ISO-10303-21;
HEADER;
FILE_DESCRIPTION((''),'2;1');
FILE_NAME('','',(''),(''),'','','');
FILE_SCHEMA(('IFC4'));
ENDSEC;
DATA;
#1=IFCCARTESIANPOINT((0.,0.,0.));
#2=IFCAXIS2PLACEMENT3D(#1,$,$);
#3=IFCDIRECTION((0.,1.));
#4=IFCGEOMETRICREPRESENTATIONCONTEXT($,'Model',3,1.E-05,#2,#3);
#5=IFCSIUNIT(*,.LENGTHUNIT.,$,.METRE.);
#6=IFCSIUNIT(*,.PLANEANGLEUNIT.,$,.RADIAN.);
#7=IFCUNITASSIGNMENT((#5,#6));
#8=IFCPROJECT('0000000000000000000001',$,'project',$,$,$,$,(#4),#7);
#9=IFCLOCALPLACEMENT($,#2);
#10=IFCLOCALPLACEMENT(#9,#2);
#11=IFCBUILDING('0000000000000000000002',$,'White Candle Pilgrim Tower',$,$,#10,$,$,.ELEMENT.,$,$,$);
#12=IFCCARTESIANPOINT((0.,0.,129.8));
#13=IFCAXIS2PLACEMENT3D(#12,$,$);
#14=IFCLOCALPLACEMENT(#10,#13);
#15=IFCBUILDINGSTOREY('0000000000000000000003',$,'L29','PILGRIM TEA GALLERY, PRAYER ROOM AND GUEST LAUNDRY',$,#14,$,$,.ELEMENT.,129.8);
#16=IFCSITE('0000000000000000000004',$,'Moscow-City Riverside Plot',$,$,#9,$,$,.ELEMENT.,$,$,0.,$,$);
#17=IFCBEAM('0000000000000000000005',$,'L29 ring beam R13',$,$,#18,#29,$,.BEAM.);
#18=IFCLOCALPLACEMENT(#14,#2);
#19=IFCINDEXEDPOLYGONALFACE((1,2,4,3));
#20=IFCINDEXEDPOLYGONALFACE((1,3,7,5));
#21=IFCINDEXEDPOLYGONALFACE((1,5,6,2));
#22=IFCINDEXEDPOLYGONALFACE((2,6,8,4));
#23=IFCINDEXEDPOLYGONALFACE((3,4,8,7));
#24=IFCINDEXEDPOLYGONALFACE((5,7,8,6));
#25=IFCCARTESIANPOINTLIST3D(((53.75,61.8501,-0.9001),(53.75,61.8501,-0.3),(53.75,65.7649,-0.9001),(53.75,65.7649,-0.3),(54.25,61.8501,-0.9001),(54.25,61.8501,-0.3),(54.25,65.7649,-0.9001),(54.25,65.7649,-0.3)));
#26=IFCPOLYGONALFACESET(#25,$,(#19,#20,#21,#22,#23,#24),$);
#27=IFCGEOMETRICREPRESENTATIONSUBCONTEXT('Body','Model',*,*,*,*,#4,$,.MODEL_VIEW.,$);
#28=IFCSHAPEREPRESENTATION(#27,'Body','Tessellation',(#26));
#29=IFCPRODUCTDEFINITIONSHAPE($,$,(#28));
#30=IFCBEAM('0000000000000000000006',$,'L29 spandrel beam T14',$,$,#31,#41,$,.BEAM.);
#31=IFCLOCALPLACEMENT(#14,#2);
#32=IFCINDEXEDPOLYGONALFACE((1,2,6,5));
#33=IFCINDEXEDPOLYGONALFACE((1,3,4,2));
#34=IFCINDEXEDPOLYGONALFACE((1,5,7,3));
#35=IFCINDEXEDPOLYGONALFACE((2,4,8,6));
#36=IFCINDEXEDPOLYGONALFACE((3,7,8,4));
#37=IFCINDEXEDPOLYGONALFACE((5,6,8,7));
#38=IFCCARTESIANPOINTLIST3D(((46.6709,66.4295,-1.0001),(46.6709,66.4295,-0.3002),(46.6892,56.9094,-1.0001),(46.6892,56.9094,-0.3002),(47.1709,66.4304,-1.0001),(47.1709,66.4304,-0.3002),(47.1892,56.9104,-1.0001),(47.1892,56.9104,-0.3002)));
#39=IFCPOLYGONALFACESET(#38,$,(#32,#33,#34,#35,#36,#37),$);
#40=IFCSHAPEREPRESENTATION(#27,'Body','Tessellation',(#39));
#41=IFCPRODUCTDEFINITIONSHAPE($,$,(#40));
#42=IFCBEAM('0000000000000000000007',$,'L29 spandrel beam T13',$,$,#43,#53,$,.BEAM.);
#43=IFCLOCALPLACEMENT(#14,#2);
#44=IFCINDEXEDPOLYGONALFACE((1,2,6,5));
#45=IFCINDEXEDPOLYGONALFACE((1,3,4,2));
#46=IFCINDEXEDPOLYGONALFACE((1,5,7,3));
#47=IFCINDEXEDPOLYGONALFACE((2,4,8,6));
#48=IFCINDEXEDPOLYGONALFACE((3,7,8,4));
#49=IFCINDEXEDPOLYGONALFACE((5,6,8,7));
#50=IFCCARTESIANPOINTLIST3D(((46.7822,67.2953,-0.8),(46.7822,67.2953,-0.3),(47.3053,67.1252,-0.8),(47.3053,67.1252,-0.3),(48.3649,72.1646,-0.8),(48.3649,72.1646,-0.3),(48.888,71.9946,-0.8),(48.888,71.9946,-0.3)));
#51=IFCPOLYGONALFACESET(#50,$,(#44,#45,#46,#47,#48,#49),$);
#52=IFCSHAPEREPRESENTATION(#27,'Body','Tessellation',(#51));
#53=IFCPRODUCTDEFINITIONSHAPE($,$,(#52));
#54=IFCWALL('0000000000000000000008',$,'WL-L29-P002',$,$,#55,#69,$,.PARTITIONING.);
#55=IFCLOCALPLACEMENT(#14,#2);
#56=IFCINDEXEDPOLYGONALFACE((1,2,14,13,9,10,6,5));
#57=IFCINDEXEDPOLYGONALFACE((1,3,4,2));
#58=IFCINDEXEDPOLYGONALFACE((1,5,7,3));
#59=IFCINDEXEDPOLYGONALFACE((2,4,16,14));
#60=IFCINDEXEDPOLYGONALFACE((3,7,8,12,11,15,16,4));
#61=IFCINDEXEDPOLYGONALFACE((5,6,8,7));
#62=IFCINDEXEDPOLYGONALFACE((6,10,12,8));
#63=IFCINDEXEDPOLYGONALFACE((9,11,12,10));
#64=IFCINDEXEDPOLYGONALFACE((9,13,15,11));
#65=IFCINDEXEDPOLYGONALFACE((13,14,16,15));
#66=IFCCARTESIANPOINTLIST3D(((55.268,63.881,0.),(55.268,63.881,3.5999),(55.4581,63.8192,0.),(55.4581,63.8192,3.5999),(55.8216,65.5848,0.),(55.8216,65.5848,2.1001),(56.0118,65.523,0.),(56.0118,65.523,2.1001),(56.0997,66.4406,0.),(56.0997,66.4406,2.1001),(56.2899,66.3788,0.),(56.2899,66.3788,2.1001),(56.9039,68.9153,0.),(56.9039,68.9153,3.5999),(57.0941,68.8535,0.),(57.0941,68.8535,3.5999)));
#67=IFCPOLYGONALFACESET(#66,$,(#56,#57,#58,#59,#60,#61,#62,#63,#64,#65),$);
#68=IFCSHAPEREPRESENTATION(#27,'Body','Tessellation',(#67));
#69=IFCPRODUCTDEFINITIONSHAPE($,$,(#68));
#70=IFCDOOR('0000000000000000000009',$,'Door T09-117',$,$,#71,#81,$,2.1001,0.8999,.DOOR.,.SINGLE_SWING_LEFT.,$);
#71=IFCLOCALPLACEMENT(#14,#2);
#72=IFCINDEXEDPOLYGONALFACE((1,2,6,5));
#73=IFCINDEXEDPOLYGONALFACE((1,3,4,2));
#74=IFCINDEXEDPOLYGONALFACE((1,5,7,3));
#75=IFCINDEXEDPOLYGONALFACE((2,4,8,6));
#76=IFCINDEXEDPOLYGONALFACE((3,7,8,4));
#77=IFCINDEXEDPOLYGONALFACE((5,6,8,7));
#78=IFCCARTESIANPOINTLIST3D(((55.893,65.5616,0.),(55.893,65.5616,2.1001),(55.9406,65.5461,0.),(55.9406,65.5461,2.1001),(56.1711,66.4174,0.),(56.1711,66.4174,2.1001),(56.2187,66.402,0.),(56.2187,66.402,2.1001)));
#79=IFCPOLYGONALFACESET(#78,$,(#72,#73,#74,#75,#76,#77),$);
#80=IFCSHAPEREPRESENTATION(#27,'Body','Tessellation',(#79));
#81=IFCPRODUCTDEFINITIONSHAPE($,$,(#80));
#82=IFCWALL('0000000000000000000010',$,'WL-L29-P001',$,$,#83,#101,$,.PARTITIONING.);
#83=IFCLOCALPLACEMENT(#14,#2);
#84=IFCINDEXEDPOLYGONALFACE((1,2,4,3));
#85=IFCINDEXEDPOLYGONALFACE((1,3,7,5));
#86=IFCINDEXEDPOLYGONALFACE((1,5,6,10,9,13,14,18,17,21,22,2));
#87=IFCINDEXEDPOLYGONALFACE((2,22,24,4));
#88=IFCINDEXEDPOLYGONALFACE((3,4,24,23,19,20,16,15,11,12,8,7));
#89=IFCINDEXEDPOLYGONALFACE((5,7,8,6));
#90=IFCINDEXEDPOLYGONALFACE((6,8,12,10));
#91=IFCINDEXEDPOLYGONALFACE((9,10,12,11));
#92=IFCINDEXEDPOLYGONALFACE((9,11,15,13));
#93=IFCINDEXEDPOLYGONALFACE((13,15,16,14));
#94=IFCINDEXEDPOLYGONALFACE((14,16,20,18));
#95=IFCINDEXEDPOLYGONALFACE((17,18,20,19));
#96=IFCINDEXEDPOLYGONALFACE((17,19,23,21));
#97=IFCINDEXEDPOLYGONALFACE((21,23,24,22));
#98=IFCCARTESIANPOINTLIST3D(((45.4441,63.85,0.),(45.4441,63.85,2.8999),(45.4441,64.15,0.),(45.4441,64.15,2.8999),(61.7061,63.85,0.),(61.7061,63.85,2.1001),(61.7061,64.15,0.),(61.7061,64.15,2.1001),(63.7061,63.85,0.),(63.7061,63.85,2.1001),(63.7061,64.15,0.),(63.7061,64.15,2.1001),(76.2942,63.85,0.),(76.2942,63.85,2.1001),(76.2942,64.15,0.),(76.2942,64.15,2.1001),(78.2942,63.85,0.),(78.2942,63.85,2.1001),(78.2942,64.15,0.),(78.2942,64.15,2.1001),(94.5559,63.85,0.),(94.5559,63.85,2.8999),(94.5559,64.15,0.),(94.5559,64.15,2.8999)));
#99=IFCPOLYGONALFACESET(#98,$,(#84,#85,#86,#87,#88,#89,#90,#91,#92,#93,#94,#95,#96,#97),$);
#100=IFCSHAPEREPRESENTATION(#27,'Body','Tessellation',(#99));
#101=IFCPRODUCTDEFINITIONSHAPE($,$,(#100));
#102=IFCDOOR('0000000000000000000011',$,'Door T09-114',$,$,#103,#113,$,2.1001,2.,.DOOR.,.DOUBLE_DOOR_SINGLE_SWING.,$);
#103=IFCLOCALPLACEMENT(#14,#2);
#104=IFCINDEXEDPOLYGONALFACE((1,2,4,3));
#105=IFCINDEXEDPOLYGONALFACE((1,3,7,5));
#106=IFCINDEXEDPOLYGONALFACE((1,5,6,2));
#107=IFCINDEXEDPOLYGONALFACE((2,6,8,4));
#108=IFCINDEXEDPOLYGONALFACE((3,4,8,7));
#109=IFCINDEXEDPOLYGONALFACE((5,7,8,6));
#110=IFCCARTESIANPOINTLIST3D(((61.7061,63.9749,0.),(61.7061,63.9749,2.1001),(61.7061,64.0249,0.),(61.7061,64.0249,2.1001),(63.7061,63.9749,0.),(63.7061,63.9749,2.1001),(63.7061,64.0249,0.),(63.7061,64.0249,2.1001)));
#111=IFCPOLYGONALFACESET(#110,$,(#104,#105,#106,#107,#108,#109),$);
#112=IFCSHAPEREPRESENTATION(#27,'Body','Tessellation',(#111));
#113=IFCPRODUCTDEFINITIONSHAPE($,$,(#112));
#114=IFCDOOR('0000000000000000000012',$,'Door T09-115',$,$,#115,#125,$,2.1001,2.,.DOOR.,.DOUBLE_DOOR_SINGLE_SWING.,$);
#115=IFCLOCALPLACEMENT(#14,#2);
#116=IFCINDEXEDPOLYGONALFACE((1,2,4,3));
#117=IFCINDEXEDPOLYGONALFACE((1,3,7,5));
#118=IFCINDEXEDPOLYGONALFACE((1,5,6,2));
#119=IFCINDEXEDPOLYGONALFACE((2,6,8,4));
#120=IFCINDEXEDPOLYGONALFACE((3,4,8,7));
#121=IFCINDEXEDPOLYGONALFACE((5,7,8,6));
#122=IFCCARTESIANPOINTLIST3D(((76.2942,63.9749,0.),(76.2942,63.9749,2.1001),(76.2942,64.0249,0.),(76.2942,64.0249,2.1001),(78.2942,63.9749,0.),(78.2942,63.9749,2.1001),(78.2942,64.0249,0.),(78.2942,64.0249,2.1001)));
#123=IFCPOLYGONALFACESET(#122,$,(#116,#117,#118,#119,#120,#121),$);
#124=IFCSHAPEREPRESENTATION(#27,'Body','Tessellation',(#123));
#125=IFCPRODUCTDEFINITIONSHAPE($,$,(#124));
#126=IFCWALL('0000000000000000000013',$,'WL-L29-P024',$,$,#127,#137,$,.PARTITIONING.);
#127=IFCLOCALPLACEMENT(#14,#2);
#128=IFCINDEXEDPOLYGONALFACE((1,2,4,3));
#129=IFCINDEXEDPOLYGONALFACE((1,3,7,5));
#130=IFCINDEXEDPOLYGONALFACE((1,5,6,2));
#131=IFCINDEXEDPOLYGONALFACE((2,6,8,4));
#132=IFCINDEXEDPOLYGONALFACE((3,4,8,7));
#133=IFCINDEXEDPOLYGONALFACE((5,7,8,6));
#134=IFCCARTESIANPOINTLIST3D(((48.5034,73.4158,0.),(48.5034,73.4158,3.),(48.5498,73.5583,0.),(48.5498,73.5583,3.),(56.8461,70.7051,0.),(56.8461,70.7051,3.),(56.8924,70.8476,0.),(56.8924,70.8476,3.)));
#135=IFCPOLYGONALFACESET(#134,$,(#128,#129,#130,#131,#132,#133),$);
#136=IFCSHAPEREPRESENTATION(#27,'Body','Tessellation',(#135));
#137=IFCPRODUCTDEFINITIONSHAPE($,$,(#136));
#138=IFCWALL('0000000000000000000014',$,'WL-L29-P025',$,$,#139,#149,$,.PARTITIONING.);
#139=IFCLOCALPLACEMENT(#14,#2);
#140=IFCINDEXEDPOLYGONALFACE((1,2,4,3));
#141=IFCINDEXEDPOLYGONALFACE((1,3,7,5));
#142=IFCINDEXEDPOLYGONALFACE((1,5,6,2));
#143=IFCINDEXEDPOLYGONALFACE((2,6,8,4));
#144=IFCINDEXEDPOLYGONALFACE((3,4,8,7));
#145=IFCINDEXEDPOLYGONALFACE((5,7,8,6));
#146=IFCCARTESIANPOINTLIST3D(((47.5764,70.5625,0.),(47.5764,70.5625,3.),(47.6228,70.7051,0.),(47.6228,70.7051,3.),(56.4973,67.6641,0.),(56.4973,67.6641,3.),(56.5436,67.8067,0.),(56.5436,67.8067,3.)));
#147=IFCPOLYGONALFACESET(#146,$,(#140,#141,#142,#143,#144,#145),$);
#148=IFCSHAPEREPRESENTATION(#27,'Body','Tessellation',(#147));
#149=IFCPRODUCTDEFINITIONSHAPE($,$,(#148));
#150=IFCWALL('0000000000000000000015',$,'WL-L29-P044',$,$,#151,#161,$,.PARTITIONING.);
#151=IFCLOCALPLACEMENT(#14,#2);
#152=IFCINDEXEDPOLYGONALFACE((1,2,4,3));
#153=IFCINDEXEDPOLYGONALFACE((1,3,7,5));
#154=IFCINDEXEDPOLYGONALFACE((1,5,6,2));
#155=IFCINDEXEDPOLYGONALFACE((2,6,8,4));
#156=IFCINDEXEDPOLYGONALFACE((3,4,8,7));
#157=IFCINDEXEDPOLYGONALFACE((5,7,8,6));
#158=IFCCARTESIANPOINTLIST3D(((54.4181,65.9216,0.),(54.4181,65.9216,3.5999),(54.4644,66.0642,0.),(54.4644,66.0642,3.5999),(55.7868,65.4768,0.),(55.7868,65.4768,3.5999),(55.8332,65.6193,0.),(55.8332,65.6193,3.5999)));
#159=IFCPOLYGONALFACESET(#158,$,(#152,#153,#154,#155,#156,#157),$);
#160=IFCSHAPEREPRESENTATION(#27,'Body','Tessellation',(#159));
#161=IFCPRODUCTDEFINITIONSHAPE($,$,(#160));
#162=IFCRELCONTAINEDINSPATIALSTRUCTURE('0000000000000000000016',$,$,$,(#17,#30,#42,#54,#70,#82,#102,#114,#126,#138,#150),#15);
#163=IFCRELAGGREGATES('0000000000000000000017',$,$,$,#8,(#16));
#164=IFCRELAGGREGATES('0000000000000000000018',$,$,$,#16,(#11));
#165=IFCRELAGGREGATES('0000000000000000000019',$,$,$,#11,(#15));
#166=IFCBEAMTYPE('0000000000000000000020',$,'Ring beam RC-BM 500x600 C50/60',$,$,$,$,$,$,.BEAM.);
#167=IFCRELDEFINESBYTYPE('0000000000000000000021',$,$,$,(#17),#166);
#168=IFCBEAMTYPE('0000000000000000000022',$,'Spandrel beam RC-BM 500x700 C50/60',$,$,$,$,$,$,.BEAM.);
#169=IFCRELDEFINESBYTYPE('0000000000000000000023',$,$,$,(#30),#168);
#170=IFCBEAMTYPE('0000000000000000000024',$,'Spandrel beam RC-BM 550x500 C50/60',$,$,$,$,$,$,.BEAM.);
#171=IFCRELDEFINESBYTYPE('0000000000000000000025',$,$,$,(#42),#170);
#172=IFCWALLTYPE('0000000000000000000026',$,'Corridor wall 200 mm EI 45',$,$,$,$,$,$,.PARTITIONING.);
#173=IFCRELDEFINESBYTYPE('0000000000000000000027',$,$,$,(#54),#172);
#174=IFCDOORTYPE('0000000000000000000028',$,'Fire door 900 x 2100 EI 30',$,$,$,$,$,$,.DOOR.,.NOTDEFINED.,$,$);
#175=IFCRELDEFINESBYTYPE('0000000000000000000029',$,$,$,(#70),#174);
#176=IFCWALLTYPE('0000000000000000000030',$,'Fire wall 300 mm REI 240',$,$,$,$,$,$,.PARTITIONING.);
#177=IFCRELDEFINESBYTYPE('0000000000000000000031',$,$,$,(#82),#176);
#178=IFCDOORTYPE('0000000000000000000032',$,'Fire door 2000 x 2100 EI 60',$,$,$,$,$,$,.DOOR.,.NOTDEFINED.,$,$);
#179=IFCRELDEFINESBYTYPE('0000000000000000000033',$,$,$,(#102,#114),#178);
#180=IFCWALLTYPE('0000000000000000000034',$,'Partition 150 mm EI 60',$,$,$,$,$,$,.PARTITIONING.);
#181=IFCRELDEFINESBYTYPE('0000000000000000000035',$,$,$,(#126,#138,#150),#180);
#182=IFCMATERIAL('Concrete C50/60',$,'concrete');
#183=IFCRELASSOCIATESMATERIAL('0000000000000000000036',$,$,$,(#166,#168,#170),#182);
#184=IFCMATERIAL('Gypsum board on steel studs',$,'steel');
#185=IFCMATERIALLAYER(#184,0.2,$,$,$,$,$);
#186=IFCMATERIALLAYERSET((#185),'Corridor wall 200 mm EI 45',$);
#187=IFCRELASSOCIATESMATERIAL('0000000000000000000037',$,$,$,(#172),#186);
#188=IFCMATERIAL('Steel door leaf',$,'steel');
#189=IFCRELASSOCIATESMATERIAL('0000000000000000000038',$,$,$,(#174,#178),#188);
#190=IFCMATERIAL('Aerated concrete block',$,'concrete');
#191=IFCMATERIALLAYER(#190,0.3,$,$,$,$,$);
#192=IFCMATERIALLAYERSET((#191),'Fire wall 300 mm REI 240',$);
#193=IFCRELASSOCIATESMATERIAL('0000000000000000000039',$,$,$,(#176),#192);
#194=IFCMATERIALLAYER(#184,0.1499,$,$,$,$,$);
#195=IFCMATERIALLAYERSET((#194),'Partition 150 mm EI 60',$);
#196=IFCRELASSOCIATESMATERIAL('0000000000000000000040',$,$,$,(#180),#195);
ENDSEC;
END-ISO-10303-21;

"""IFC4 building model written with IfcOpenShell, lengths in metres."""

from ifc_helpers import new_model, si_unit, direction, frame, frame_2d, origin, origin_2d, place, context, subcontext, project, spatial, rectangle, extrude, material, layer, layer_set, material_profile, profile_set, type_object, element, fill, save


model = new_model("IFC4")

# Units and contexts
model_context = context("Model", 3, precision=1e-05, world=origin(), true_north=direction((0.0, 1.0)))
body_context = subcontext(model_context, "Body", "Model", "MODEL_VIEW")
ifc_project = project(units=[si_unit("LENGTHUNIT", "METRE"), si_unit("PLANEANGLEUNIT", "RADIAN")], contexts=[model_context])

# Site, building, storey
site_placement = place(None, origin())
site = spatial("IfcSite", under=ifc_project, at=site_placement, Name="Moscow-City Riverside Plot", CompositionType="ELEMENT", RefElevation=0.0)
building_placement = place(site_placement, origin())
building = spatial("IfcBuilding", under=site, at=building_placement, Name="White Candle Pilgrim Tower", CompositionType="ELEMENT")
storey_placement = place(building_placement, frame((0.0, 0.0, 129.8)))
storey = spatial("IfcBuildingStorey", under=building, at=storey_placement, Name="L29", Description="PILGRIM TEA GALLERY, PRAYER ROOM AND GUEST LAUNDRY", CompositionType="ELEMENT", Elevation=129.8)

# Beams
ifc_material_1 = material(Name="Concrete C50/60", Category="concrete")
ifc_material_profile_1 = material_profile(ifc_material_1, rectangle(XDim=0.5, YDim=0.6001, at=origin_2d()), Name="RC-BM 500x600")
ifc_profile_set_1 = profile_set([ifc_material_profile_1], Name="Concrete C50/60")
beam_type_1 = type_object("IfcBeamType", Name="Ring beam RC-BM 500x600 C50/60", PredefinedType="BEAM", material=ifc_profile_set_1)
beam_1_placement = place(storey_placement, frame((54.0, 65.7649, -0.6001), z_axis=(0.0, -1.0, 0.0), x_axis=(1.0, 0.0, 0.0)))
element("IfcBeam", 1, at=beam_1_placement, inside=storey, type_object=beam_type_1, Name="L29 ring beam R13", PredefinedType="BEAM", context=body_context, shape_type="SweptSolid", body=[
    extrude(rectangle(XDim=0.5, YDim=0.6001, at=origin_2d()), origin(), (0.0, 0.0, 1.0), 3.9148),
])
ifc_material_profile_2 = material_profile(ifc_material_1, rectangle(XDim=0.5, YDim=0.7, at=origin_2d()), Name="RC-BM 500x700")
ifc_profile_set_2 = profile_set([ifc_material_profile_2], Name="Concrete C50/60")
beam_type_2 = type_object("IfcBeamType", Name="Spandrel beam RC-BM 500x700 C50/60", PredefinedType="BEAM", material=ifc_profile_set_2)
beam_2_placement = place(storey_placement, frame((46.9209, 66.4299, -0.6501), z_axis=(0.001923, -0.999998, 0.0), x_axis=(0.999998, 0.001923, 0.0)))
element("IfcBeam", 2, at=beam_2_placement, inside=storey, type_object=beam_type_2, Name="L29 spandrel beam T14", PredefinedType="BEAM", context=body_context, shape_type="SweptSolid", body=[
    extrude(rectangle(XDim=0.5, YDim=0.7, at=origin_2d()), origin(), (0.0, 0.0, 1.0), 9.52),
])
ifc_material_profile_3 = material_profile(ifc_material_1, rectangle(XDim=0.55, YDim=0.5, at=origin_2d()), Name="RC-BM 550x500")
ifc_profile_set_3 = profile_set([ifc_material_profile_3], Name="Concrete C50/60")
beam_type_3 = type_object("IfcBeamType", Name="Spandrel beam RC-BM 550x500 C50/60", PredefinedType="BEAM", material=ifc_profile_set_3)
beam_3_placement = place(storey_placement, frame((48.6265, 72.0796, -0.55), z_axis=(-0.309124, -0.951022, 0.0), x_axis=(0.951022, -0.309124, 0.0)))
element("IfcBeam", 3, at=beam_3_placement, inside=storey, type_object=beam_type_3, Name="L29 spandrel beam T13", PredefinedType="BEAM", context=body_context, shape_type="SweptSolid", body=[
    extrude(rectangle(XDim=0.55, YDim=0.5, at=origin_2d()), origin(), (0.0, 0.0, 1.0), 5.1201),
])

# Wall, opening, door
ifc_material_2 = material(Name="Gypsum board on steel studs", Category="steel")
ifc_layer_1 = layer(ifc_material_2, 0.2)
ifc_layer_set_1 = layer_set([ifc_layer_1], Name="Corridor wall 200 mm EI 45")
wall_type_1 = type_object("IfcWallType", Name="Corridor wall 200 mm EI 45", PredefinedType="PARTITIONING", material=ifc_layer_set_1)
wall_1_placement = place(storey_placement, frame((55.363, 63.8501, 0.0), z_axis=(0.0, 0.0, 1.0), x_axis=(0.309052, 0.951045, 0.0)))
wall_1 = element("IfcWall", 4, at=wall_1_placement, inside=storey, type_object=wall_type_1, Name="WL-L29-P002", PredefinedType="PARTITIONING", context=body_context, shape_type="SweptSolid", body=[
    extrude(rectangle(XDim=5.2935, YDim=0.2, at=frame_2d((2.6467, 0.0))), origin(), (0.0, 0.0, 1.0), 3.5999),
])
opening_1_placement = place(wall_1_placement, frame((1.7915, 0.0, 0.0)))
opening_1 = element("IfcOpeningElement", 5, at=opening_1_placement, cuts=wall_1, PredefinedType="OPENING", context=body_context, shape_type="SweptSolid", body=[
    extrude(rectangle(XDim=0.8999, YDim=2.1001, at=frame_2d((0.45, 1.05))), frame((0.0, 0.1099, 0.0), z_axis=(0.0, -1.0, 0.0), x_axis=(1.0, 0.0, 0.0)), (0.0, 0.0, 1.0), 0.22),
])
ifc_material_3 = material(Name="Steel door leaf", Category="steel")
door_type_1 = type_object("IfcDoorType", Name="Fire door 900 x 2100 EI 30", OperationType="NOTDEFINED", PredefinedType="DOOR", material=ifc_material_3)
door_1_placement = place(opening_1_placement, origin())
door_1 = element("IfcDoor", 6, at=door_1_placement, inside=storey, type_object=door_type_1, Name="Door T09-117", OperationType="SINGLE_SWING_LEFT", OverallHeight=2.1001, OverallWidth=0.8999, PredefinedType="DOOR", context=body_context, shape_type="SweptSolid", body=[
    extrude(rectangle(XDim=0.8999, YDim=2.1001, at=frame_2d((0.45, 1.05))), frame((0.0, 0.0249, 0.0), z_axis=(0.0, -1.0, 0.0), x_axis=(1.0, 0.0, 0.0)), (0.0, 0.0, 1.0), 0.05),
])
fill(opening_1, door_1)

# Wall, openings, doors
ifc_material_4 = material(Name="Aerated concrete block", Category="concrete")
ifc_layer_2 = layer(ifc_material_4, 0.3)
ifc_layer_set_2 = layer_set([ifc_layer_2], Name="Fire wall 300 mm REI 240")
wall_type_2 = type_object("IfcWallType", Name="Fire wall 300 mm REI 240", PredefinedType="PARTITIONING", material=ifc_layer_set_2)
wall_2_placement = place(storey_placement, frame((45.4441, 64.0, 0.0), z_axis=(0.0, 0.0, 1.0), x_axis=(1.0, 0.0, 0.0)))
wall_2 = element("IfcWall", 7, at=wall_2_placement, inside=storey, type_object=wall_type_2, Name="WL-L29-P001", PredefinedType="PARTITIONING", context=body_context, shape_type="SweptSolid", body=[
    extrude(rectangle(XDim=49.1118, YDim=0.3, at=frame_2d((24.5559, 0.0))), origin(), (0.0, 0.0, 1.0), 2.8999),
])
opening_2_placement = place(wall_2_placement, frame((16.262, 0.0, 0.0)))
opening_2 = element("IfcOpeningElement", 8, at=opening_2_placement, cuts=wall_2, PredefinedType="OPENING", context=body_context, shape_type="SweptSolid", body=[
    extrude(rectangle(XDim=2.0, YDim=2.1001, at=frame_2d((1.0, 1.05))), frame((0.0, 0.1599, 0.0), z_axis=(0.0, -1.0, 0.0), x_axis=(1.0, 0.0, 0.0)), (0.0, 0.0, 1.0), 0.3201),
])
opening_3_placement = place(wall_2_placement, frame((30.8501, 0.0, 0.0)))
opening_3 = element("IfcOpeningElement", 9, at=opening_3_placement, cuts=wall_2, PredefinedType="OPENING", context=body_context, shape_type="SweptSolid", body=[
    extrude(rectangle(XDim=2.0, YDim=2.1001, at=frame_2d((1.0, 1.05))), frame((0.0, 0.1599, 0.0), z_axis=(0.0, -1.0, 0.0), x_axis=(1.0, 0.0, 0.0)), (0.0, 0.0, 1.0), 0.3201),
])
door_type_2 = type_object("IfcDoorType", Name="Fire door 2000 x 2100 EI 60", OperationType="NOTDEFINED", PredefinedType="DOOR", material=ifc_material_3)
door_2_placement = place(opening_2_placement, origin())
door_2 = element("IfcDoor", 10, at=door_2_placement, inside=storey, type_object=door_type_2, Name="Door T09-114", OperationType="DOUBLE_DOOR_SINGLE_SWING", OverallHeight=2.1001, OverallWidth=2.0, PredefinedType="DOOR", context=body_context, shape_type="SweptSolid", body=[
    extrude(rectangle(XDim=2.0, YDim=2.1001, at=frame_2d((1.0, 1.05))), frame((0.0, 0.0249, 0.0), z_axis=(0.0, -1.0, 0.0), x_axis=(1.0, 0.0, 0.0)), (0.0, 0.0, 1.0), 0.05),
])
fill(opening_2, door_2)
door_3_placement = place(opening_3_placement, origin())
door_3 = element("IfcDoor", 11, at=door_3_placement, inside=storey, type_object=door_type_2, Name="Door T09-115", OperationType="DOUBLE_DOOR_SINGLE_SWING", OverallHeight=2.1001, OverallWidth=2.0, PredefinedType="DOOR", context=body_context, shape_type="SweptSolid", body=[
    extrude(rectangle(XDim=2.0, YDim=2.1001, at=frame_2d((1.0, 1.05))), frame((0.0, 0.0249, 0.0), z_axis=(0.0, -1.0, 0.0), x_axis=(1.0, 0.0, 0.0)), (0.0, 0.0, 1.0), 0.05),
])
fill(opening_3, door_3)

# Walls
ifc_layer_3 = layer(ifc_material_2, 0.1499)
ifc_layer_set_3 = layer_set([ifc_layer_3], Name="Partition 150 mm EI 60")
wall_type_3 = type_object("IfcWallType", Name="Partition 150 mm EI 60", PredefinedType="PARTITIONING", material=ifc_layer_set_3)
wall_3_placement = place(storey_placement, frame((48.5266, 73.4871, 0.0), z_axis=(0.0, 0.0, 1.0), x_axis=(0.951055, -0.309021, 0.0)))
element("IfcWall", 12, at=wall_3_placement, inside=storey, type_object=wall_type_3, Name="WL-L29-P024", PredefinedType="PARTITIONING", context=body_context, shape_type="SweptSolid", body=[
    extrude(rectangle(XDim=8.772, YDim=0.1499, at=frame_2d((4.386, 0.0))), origin(), (0.0, 0.0, 1.0), 3.0),
])
wall_4_placement = place(storey_placement, frame((47.5996, 70.6338, 0.0), z_axis=(0.0, 0.0, 1.0), x_axis=(0.951061, -0.309004, 0.0)))
element("IfcWall", 13, at=wall_4_placement, inside=storey, type_object=wall_type_3, Name="WL-L29-P025", PredefinedType="PARTITIONING", context=body_context, shape_type="SweptSolid", body=[
    extrude(rectangle(XDim=9.3799, YDim=0.1499, at=frame_2d((4.6899, 0.0))), origin(), (0.0, 0.0, 1.0), 3.0),
])
wall_5_placement = place(storey_placement, frame((54.4412, 65.9929, 0.0), z_axis=(0.0, 0.0, 1.0), x_axis=(0.951032, -0.309094, 0.0)))
element("IfcWall", 14, at=wall_5_placement, inside=storey, type_object=wall_type_3, Name="WL-L29-P044", PredefinedType="PARTITIONING", context=body_context, shape_type="SweptSolid", body=[
    extrude(rectangle(XDim=1.4392, YDim=0.1499, at=frame_2d((0.7197, 0.0))), origin(), (0.0, 0.0, 1.0), 3.5999),
])

save(model, "model.ifc")
